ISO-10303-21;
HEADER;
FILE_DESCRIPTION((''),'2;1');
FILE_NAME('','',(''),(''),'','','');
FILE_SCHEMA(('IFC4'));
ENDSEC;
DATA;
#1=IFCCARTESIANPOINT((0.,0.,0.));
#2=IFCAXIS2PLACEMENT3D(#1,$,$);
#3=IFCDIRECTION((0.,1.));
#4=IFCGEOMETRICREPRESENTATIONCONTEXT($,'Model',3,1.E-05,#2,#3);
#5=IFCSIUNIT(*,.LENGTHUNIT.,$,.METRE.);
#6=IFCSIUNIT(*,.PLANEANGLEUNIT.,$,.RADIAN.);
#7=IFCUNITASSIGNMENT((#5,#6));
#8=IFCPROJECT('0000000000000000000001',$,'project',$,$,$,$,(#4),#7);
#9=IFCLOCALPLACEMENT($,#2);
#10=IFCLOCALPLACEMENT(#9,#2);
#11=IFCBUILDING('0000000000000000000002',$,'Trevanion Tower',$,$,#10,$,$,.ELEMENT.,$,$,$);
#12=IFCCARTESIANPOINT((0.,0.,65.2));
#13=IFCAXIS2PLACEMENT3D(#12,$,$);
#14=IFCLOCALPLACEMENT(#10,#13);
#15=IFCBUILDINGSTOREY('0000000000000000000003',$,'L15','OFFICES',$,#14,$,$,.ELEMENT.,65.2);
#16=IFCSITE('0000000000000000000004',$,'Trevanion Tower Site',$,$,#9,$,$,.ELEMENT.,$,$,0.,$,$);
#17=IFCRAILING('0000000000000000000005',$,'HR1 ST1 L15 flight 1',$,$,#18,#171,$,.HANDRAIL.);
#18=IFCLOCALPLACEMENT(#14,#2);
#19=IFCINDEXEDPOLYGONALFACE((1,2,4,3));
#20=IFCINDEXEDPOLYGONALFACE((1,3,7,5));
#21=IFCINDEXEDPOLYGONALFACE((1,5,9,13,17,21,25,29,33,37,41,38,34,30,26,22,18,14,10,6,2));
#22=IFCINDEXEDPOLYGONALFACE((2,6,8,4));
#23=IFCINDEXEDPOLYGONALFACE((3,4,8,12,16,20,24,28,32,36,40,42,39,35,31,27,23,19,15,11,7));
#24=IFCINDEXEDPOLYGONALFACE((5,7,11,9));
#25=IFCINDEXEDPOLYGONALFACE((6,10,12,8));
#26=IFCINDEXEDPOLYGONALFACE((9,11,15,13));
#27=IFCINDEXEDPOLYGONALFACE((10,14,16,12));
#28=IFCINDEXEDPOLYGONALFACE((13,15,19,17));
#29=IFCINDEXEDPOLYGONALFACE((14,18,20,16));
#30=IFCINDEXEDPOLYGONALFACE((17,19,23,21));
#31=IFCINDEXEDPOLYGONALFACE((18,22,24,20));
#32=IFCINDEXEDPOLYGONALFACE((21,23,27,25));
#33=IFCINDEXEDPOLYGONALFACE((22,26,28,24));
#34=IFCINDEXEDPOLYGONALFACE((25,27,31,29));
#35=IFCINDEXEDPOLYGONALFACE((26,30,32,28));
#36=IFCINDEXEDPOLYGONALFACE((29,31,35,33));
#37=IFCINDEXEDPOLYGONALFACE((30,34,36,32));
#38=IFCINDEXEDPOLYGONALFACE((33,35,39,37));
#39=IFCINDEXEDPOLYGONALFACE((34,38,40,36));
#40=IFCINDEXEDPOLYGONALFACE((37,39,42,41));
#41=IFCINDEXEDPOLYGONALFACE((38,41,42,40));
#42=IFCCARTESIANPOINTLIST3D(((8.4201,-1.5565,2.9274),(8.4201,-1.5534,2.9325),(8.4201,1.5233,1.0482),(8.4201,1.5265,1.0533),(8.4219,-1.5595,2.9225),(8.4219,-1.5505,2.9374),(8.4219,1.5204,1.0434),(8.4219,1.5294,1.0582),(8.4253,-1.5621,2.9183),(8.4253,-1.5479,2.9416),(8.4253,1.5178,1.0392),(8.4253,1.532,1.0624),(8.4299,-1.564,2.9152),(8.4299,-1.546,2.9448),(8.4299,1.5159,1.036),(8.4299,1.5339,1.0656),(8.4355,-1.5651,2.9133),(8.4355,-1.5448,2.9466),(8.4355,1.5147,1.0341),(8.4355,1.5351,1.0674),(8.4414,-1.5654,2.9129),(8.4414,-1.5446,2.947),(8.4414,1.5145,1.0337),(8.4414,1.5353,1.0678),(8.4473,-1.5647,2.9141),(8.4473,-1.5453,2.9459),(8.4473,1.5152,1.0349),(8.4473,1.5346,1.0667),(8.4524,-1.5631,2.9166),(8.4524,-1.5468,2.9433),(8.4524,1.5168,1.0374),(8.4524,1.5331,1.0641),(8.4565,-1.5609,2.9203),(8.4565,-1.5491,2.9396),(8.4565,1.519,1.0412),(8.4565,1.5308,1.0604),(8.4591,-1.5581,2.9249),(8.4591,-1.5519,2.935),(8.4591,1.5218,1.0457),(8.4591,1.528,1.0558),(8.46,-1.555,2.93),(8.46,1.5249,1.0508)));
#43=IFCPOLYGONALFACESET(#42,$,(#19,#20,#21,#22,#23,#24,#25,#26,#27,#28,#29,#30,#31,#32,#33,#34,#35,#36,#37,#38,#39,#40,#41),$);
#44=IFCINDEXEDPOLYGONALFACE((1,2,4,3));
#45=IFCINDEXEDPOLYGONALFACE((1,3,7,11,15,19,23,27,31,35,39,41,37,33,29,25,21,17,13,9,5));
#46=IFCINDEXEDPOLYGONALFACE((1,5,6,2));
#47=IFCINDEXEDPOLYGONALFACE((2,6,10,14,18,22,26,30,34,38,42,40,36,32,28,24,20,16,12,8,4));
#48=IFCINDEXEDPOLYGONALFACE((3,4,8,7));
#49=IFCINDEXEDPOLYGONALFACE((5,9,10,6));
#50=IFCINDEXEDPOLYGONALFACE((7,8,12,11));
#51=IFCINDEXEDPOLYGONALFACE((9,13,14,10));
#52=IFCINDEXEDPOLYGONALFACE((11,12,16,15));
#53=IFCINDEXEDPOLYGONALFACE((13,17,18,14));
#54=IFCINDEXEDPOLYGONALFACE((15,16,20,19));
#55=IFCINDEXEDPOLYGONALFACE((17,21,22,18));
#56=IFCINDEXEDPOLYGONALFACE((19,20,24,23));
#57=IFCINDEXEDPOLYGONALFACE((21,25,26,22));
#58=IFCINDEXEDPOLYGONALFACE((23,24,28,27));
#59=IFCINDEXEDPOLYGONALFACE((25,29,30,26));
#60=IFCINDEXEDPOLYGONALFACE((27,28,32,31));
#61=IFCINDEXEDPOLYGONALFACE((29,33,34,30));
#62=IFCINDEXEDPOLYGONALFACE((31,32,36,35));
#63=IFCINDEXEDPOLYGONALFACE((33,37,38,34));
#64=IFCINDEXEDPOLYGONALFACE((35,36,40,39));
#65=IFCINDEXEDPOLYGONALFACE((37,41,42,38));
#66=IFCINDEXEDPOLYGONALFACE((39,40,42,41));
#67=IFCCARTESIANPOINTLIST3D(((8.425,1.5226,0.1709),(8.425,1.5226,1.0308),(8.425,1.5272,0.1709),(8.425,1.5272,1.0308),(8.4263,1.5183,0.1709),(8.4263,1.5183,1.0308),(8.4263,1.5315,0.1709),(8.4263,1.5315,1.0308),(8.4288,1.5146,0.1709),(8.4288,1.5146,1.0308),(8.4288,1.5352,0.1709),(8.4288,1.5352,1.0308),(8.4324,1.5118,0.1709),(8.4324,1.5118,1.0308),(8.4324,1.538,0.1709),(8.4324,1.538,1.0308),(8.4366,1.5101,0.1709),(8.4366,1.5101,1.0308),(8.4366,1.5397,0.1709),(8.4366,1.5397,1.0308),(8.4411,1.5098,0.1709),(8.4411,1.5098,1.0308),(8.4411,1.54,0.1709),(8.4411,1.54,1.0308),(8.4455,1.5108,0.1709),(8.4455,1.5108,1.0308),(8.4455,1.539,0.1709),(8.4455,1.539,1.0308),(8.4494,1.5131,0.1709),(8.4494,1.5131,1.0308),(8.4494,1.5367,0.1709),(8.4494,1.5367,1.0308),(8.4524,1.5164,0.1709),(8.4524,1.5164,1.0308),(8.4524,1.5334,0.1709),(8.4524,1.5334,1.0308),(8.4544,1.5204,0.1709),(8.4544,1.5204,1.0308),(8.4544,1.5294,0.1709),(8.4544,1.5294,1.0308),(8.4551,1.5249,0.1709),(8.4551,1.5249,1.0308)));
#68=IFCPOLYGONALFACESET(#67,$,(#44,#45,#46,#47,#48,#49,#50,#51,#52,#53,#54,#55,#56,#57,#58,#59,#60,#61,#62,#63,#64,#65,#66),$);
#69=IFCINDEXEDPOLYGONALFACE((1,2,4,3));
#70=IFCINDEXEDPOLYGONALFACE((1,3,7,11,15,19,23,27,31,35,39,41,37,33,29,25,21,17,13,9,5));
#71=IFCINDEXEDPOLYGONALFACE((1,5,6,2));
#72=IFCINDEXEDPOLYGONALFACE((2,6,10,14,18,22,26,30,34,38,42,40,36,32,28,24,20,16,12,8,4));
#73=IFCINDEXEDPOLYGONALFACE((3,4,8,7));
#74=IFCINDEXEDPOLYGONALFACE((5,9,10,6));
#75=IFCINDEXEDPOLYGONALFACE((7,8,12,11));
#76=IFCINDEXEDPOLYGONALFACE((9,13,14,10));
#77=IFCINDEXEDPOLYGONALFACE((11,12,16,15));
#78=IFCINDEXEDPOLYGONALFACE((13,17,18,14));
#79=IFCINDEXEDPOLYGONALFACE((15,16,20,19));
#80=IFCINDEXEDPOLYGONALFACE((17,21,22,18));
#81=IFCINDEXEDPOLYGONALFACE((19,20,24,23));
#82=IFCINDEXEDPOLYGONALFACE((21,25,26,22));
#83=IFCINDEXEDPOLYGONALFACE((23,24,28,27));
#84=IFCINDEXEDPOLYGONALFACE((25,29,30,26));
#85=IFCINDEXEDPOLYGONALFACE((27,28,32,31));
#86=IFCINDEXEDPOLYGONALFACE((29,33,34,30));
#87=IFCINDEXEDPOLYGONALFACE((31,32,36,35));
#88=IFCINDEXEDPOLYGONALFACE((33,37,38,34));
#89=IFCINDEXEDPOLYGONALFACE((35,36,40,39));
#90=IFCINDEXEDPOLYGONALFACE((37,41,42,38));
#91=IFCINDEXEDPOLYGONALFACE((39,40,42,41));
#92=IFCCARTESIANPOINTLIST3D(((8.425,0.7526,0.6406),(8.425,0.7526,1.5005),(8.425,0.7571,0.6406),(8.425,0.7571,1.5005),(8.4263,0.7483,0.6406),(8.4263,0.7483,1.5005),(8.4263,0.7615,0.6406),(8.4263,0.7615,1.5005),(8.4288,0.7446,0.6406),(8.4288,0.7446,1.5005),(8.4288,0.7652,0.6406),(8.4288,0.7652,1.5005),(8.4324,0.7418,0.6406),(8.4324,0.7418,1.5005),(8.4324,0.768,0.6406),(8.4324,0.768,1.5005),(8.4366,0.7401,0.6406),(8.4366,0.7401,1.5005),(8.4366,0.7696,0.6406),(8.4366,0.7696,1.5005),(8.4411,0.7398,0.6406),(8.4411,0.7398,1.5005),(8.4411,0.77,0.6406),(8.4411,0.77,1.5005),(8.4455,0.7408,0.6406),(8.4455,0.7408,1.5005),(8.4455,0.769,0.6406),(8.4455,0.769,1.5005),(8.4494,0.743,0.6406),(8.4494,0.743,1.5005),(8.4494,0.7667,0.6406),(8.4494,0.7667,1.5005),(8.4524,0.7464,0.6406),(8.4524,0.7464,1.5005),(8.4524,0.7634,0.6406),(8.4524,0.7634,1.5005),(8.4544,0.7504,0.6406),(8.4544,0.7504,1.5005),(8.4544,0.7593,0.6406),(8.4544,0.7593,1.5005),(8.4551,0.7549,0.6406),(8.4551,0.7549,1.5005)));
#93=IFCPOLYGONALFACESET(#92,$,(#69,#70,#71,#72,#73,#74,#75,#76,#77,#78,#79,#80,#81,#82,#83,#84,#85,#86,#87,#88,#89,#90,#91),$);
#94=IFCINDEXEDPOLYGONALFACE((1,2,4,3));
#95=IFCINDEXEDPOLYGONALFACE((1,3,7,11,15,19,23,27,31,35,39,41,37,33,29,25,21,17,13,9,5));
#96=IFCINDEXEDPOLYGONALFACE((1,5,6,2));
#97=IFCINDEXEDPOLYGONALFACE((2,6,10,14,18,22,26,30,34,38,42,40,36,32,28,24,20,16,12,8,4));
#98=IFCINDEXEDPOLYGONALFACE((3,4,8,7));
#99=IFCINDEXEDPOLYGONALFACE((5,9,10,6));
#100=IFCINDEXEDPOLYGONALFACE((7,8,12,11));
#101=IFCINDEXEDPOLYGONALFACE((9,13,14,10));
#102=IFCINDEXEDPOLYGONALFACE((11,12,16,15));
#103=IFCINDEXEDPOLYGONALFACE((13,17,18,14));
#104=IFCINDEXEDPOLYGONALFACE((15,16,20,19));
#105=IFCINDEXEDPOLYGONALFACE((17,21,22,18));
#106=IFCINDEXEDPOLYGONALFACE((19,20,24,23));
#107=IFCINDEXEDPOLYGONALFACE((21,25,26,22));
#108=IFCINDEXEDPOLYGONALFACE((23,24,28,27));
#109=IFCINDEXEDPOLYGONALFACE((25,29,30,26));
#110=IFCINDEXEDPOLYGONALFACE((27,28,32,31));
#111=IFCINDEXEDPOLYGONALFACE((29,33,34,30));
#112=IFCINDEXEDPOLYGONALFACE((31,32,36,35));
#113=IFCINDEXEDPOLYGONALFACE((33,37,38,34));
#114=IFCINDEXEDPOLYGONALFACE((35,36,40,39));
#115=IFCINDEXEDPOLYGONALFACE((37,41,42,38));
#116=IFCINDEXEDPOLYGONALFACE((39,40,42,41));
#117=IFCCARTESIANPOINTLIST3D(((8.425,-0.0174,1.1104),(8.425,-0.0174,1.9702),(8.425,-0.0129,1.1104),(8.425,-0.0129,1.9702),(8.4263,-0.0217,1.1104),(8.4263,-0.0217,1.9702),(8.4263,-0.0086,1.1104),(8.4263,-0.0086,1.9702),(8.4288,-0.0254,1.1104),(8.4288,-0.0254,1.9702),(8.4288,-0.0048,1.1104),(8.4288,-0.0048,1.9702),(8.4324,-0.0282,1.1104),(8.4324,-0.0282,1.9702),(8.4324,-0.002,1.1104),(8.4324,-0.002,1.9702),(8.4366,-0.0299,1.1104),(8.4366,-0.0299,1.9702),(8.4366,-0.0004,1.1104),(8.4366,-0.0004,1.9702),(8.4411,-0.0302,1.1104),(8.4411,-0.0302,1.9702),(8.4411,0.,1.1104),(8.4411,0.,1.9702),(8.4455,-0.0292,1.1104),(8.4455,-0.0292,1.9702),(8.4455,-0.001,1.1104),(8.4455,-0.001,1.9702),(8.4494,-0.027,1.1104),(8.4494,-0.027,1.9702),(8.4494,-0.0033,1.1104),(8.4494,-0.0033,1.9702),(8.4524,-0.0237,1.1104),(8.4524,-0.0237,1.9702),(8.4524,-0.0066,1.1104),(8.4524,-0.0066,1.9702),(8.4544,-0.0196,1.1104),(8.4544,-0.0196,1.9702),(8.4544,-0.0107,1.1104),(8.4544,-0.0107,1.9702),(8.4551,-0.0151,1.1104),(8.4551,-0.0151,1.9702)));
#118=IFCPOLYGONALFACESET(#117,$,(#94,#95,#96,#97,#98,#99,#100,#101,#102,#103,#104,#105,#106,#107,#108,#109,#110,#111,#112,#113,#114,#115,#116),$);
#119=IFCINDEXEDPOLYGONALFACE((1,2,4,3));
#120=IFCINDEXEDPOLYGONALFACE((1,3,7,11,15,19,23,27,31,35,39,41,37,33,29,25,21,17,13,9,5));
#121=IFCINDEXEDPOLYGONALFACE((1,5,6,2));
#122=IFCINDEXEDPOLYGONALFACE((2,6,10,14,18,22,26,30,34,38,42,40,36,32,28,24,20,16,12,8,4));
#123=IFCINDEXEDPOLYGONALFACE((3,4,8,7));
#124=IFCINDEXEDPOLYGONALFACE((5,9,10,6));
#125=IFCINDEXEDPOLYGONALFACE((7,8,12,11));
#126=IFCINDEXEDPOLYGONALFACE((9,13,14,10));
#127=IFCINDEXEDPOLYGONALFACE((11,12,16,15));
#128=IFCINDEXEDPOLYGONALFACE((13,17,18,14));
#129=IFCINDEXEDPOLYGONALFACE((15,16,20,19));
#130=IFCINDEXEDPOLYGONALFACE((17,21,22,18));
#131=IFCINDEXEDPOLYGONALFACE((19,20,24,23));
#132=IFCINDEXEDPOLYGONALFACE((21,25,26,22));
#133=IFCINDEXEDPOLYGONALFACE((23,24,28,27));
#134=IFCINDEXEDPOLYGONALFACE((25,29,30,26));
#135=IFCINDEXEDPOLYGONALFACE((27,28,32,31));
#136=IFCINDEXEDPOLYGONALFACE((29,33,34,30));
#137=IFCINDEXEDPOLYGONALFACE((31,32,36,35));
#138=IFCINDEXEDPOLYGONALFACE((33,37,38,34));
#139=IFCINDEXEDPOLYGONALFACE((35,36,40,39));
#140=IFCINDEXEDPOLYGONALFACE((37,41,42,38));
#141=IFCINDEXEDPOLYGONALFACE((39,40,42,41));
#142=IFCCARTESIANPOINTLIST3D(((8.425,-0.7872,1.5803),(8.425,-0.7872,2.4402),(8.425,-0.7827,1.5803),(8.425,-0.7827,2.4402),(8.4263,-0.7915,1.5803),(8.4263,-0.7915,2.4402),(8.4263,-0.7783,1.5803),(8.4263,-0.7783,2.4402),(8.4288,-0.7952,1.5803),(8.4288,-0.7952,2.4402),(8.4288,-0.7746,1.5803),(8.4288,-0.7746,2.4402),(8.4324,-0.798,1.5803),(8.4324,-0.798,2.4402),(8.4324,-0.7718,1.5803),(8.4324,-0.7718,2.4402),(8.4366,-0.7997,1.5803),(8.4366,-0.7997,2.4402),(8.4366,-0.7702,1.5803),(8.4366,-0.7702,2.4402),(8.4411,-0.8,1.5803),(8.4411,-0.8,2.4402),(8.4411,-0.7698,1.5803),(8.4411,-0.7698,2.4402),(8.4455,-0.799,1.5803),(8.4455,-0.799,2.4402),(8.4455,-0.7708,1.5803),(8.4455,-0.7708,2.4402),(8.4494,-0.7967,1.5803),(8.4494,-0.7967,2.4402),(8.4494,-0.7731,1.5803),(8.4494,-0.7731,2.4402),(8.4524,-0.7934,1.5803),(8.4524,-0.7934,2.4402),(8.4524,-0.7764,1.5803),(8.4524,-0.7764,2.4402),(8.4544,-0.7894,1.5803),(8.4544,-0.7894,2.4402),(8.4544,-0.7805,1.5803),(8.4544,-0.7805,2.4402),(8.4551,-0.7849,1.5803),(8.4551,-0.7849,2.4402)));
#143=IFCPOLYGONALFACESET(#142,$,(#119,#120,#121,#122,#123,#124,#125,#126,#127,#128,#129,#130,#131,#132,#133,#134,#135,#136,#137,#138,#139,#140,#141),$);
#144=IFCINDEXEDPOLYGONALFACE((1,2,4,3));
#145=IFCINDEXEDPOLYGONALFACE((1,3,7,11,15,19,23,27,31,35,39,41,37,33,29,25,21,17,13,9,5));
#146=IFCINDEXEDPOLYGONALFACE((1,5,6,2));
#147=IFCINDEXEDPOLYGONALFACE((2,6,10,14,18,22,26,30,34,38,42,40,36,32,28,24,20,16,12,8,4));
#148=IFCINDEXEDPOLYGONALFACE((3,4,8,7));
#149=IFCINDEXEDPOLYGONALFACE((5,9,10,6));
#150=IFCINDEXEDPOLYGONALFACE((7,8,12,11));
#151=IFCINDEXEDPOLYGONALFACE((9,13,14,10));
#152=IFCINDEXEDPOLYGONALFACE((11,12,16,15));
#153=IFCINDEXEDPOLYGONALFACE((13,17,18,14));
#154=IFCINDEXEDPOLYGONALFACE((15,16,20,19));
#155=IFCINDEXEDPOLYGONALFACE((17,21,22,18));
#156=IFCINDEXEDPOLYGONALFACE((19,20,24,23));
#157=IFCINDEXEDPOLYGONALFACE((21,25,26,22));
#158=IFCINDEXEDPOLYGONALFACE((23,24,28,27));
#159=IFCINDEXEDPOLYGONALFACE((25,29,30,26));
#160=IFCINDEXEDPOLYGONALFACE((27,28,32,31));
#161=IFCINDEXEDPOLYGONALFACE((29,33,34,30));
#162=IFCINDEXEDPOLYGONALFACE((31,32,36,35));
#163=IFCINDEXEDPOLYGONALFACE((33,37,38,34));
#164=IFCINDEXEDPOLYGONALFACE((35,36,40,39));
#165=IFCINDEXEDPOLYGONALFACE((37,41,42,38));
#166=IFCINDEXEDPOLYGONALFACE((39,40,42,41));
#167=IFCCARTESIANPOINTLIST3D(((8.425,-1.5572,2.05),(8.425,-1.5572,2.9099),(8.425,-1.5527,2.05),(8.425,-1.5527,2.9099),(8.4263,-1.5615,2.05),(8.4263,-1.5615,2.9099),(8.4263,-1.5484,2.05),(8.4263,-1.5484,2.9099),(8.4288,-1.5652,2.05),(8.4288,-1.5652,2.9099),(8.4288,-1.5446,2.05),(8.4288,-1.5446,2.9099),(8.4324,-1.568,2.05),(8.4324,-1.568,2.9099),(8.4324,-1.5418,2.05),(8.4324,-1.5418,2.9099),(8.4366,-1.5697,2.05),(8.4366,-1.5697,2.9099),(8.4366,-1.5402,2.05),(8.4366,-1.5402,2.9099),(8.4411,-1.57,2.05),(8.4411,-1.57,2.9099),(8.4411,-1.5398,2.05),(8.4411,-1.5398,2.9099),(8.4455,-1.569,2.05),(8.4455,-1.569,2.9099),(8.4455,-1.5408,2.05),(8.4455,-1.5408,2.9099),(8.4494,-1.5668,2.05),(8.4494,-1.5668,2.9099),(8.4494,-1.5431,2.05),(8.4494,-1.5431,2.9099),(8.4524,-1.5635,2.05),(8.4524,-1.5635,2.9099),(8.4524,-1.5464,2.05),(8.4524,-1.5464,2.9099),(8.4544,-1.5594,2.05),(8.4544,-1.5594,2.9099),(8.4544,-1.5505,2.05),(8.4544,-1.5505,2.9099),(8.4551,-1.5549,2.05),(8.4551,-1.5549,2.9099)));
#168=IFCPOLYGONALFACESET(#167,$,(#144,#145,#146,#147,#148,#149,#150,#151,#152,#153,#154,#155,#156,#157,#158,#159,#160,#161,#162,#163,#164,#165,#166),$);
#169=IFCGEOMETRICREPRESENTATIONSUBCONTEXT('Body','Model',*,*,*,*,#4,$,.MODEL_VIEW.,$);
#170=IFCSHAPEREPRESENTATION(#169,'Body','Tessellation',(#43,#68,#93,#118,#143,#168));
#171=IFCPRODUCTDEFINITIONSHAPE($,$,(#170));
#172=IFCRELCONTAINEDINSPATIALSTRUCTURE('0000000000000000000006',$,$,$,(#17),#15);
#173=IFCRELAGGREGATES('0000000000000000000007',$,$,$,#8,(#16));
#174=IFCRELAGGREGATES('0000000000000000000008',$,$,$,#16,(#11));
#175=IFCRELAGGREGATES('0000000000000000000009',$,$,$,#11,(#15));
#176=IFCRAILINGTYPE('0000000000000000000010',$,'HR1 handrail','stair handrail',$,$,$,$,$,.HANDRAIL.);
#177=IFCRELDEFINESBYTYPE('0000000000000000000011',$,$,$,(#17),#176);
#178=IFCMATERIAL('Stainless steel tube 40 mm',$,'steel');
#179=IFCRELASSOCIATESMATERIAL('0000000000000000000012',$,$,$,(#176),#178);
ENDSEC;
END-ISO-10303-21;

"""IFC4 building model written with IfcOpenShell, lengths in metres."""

from ifc_helpers import new_model, si_unit, direction, frame, origin, origin_2d, place, context, subcontext, project, spatial, circle, extrude, material, type_object, element, save


model = new_model("IFC4")

# Units and contexts
model_context = context("Model", 3, precision=1e-05, world=origin(), true_north=direction((0.0, 1.0)))
body_context = subcontext(model_context, "Body", "Model", "MODEL_VIEW")
ifc_project = project(units=[si_unit("LENGTHUNIT", "METRE"), si_unit("PLANEANGLEUNIT", "RADIAN")], contexts=[model_context])

# Site, building, storey
site_placement = place(None, origin())
site = spatial("IfcSite", under=ifc_project, at=site_placement, Name="Trevanion Tower Site", CompositionType="ELEMENT", RefElevation=0.0)
building_placement = place(site_placement, origin())
building = spatial("IfcBuilding", under=site, at=building_placement, Name="Trevanion Tower", CompositionType="ELEMENT")
storey_placement = place(building_placement, frame((0.0, 0.0, 65.2)))
storey = spatial("IfcBuildingStorey", under=building, at=storey_placement, Name="L15", Description="OFFICES", CompositionType="ELEMENT", Elevation=65.2)

# Railing
ifc_material_1 = material(Name="Stainless steel tube 40 mm", Category="steel")
railing_type = type_object("IfcRailingType", Name="HR1 handrail", Description="stair handrail", PredefinedType="HANDRAIL", material=ifc_material_1)
for number, where, name in (
    (1, (8.4399, 1.5249, 0.1709), "HR1 ST1 L15 flight 1"),
):
    element("IfcRailing", number, at=place(storey_placement, frame(where)), inside=storey, type_object=railing_type, Name=name, PredefinedType="HANDRAIL", context=body_context, shape_type="SweptSolid", body=[
        extrude(circle(Radius=0.02, at=origin_2d()), frame((0.0, 0.0, 0.8799), z_axis=(0.0, -0.853648, 0.52085), x_axis=(1.0, 0.0, 0.0)), (0.0, 0.0, 1.0), 3.6079),
        extrude(circle(Radius=0.0151, at=origin_2d()), origin(), (0.0, 0.0, 1.0), 0.8599),
        extrude(circle(Radius=0.0151, at=origin_2d()), frame((0.0, -0.77, 0.4697)), (0.0, 0.0, 1.0), 0.8599),
        extrude(circle(Radius=0.0151, at=origin_2d()), frame((0.0, -1.54, 0.9395)), (0.0, 0.0, 1.0), 0.8599),
        extrude(circle(Radius=0.0151, at=origin_2d()), frame((0.0, -2.3098, 1.4094)), (0.0, 0.0, 1.0), 0.8599),
        extrude(circle(Radius=0.0151, at=origin_2d()), frame((0.0, -3.0798, 1.8792)), (0.0, 0.0, 1.0), 0.8599),
    ])

save(model, "model.ifc")
